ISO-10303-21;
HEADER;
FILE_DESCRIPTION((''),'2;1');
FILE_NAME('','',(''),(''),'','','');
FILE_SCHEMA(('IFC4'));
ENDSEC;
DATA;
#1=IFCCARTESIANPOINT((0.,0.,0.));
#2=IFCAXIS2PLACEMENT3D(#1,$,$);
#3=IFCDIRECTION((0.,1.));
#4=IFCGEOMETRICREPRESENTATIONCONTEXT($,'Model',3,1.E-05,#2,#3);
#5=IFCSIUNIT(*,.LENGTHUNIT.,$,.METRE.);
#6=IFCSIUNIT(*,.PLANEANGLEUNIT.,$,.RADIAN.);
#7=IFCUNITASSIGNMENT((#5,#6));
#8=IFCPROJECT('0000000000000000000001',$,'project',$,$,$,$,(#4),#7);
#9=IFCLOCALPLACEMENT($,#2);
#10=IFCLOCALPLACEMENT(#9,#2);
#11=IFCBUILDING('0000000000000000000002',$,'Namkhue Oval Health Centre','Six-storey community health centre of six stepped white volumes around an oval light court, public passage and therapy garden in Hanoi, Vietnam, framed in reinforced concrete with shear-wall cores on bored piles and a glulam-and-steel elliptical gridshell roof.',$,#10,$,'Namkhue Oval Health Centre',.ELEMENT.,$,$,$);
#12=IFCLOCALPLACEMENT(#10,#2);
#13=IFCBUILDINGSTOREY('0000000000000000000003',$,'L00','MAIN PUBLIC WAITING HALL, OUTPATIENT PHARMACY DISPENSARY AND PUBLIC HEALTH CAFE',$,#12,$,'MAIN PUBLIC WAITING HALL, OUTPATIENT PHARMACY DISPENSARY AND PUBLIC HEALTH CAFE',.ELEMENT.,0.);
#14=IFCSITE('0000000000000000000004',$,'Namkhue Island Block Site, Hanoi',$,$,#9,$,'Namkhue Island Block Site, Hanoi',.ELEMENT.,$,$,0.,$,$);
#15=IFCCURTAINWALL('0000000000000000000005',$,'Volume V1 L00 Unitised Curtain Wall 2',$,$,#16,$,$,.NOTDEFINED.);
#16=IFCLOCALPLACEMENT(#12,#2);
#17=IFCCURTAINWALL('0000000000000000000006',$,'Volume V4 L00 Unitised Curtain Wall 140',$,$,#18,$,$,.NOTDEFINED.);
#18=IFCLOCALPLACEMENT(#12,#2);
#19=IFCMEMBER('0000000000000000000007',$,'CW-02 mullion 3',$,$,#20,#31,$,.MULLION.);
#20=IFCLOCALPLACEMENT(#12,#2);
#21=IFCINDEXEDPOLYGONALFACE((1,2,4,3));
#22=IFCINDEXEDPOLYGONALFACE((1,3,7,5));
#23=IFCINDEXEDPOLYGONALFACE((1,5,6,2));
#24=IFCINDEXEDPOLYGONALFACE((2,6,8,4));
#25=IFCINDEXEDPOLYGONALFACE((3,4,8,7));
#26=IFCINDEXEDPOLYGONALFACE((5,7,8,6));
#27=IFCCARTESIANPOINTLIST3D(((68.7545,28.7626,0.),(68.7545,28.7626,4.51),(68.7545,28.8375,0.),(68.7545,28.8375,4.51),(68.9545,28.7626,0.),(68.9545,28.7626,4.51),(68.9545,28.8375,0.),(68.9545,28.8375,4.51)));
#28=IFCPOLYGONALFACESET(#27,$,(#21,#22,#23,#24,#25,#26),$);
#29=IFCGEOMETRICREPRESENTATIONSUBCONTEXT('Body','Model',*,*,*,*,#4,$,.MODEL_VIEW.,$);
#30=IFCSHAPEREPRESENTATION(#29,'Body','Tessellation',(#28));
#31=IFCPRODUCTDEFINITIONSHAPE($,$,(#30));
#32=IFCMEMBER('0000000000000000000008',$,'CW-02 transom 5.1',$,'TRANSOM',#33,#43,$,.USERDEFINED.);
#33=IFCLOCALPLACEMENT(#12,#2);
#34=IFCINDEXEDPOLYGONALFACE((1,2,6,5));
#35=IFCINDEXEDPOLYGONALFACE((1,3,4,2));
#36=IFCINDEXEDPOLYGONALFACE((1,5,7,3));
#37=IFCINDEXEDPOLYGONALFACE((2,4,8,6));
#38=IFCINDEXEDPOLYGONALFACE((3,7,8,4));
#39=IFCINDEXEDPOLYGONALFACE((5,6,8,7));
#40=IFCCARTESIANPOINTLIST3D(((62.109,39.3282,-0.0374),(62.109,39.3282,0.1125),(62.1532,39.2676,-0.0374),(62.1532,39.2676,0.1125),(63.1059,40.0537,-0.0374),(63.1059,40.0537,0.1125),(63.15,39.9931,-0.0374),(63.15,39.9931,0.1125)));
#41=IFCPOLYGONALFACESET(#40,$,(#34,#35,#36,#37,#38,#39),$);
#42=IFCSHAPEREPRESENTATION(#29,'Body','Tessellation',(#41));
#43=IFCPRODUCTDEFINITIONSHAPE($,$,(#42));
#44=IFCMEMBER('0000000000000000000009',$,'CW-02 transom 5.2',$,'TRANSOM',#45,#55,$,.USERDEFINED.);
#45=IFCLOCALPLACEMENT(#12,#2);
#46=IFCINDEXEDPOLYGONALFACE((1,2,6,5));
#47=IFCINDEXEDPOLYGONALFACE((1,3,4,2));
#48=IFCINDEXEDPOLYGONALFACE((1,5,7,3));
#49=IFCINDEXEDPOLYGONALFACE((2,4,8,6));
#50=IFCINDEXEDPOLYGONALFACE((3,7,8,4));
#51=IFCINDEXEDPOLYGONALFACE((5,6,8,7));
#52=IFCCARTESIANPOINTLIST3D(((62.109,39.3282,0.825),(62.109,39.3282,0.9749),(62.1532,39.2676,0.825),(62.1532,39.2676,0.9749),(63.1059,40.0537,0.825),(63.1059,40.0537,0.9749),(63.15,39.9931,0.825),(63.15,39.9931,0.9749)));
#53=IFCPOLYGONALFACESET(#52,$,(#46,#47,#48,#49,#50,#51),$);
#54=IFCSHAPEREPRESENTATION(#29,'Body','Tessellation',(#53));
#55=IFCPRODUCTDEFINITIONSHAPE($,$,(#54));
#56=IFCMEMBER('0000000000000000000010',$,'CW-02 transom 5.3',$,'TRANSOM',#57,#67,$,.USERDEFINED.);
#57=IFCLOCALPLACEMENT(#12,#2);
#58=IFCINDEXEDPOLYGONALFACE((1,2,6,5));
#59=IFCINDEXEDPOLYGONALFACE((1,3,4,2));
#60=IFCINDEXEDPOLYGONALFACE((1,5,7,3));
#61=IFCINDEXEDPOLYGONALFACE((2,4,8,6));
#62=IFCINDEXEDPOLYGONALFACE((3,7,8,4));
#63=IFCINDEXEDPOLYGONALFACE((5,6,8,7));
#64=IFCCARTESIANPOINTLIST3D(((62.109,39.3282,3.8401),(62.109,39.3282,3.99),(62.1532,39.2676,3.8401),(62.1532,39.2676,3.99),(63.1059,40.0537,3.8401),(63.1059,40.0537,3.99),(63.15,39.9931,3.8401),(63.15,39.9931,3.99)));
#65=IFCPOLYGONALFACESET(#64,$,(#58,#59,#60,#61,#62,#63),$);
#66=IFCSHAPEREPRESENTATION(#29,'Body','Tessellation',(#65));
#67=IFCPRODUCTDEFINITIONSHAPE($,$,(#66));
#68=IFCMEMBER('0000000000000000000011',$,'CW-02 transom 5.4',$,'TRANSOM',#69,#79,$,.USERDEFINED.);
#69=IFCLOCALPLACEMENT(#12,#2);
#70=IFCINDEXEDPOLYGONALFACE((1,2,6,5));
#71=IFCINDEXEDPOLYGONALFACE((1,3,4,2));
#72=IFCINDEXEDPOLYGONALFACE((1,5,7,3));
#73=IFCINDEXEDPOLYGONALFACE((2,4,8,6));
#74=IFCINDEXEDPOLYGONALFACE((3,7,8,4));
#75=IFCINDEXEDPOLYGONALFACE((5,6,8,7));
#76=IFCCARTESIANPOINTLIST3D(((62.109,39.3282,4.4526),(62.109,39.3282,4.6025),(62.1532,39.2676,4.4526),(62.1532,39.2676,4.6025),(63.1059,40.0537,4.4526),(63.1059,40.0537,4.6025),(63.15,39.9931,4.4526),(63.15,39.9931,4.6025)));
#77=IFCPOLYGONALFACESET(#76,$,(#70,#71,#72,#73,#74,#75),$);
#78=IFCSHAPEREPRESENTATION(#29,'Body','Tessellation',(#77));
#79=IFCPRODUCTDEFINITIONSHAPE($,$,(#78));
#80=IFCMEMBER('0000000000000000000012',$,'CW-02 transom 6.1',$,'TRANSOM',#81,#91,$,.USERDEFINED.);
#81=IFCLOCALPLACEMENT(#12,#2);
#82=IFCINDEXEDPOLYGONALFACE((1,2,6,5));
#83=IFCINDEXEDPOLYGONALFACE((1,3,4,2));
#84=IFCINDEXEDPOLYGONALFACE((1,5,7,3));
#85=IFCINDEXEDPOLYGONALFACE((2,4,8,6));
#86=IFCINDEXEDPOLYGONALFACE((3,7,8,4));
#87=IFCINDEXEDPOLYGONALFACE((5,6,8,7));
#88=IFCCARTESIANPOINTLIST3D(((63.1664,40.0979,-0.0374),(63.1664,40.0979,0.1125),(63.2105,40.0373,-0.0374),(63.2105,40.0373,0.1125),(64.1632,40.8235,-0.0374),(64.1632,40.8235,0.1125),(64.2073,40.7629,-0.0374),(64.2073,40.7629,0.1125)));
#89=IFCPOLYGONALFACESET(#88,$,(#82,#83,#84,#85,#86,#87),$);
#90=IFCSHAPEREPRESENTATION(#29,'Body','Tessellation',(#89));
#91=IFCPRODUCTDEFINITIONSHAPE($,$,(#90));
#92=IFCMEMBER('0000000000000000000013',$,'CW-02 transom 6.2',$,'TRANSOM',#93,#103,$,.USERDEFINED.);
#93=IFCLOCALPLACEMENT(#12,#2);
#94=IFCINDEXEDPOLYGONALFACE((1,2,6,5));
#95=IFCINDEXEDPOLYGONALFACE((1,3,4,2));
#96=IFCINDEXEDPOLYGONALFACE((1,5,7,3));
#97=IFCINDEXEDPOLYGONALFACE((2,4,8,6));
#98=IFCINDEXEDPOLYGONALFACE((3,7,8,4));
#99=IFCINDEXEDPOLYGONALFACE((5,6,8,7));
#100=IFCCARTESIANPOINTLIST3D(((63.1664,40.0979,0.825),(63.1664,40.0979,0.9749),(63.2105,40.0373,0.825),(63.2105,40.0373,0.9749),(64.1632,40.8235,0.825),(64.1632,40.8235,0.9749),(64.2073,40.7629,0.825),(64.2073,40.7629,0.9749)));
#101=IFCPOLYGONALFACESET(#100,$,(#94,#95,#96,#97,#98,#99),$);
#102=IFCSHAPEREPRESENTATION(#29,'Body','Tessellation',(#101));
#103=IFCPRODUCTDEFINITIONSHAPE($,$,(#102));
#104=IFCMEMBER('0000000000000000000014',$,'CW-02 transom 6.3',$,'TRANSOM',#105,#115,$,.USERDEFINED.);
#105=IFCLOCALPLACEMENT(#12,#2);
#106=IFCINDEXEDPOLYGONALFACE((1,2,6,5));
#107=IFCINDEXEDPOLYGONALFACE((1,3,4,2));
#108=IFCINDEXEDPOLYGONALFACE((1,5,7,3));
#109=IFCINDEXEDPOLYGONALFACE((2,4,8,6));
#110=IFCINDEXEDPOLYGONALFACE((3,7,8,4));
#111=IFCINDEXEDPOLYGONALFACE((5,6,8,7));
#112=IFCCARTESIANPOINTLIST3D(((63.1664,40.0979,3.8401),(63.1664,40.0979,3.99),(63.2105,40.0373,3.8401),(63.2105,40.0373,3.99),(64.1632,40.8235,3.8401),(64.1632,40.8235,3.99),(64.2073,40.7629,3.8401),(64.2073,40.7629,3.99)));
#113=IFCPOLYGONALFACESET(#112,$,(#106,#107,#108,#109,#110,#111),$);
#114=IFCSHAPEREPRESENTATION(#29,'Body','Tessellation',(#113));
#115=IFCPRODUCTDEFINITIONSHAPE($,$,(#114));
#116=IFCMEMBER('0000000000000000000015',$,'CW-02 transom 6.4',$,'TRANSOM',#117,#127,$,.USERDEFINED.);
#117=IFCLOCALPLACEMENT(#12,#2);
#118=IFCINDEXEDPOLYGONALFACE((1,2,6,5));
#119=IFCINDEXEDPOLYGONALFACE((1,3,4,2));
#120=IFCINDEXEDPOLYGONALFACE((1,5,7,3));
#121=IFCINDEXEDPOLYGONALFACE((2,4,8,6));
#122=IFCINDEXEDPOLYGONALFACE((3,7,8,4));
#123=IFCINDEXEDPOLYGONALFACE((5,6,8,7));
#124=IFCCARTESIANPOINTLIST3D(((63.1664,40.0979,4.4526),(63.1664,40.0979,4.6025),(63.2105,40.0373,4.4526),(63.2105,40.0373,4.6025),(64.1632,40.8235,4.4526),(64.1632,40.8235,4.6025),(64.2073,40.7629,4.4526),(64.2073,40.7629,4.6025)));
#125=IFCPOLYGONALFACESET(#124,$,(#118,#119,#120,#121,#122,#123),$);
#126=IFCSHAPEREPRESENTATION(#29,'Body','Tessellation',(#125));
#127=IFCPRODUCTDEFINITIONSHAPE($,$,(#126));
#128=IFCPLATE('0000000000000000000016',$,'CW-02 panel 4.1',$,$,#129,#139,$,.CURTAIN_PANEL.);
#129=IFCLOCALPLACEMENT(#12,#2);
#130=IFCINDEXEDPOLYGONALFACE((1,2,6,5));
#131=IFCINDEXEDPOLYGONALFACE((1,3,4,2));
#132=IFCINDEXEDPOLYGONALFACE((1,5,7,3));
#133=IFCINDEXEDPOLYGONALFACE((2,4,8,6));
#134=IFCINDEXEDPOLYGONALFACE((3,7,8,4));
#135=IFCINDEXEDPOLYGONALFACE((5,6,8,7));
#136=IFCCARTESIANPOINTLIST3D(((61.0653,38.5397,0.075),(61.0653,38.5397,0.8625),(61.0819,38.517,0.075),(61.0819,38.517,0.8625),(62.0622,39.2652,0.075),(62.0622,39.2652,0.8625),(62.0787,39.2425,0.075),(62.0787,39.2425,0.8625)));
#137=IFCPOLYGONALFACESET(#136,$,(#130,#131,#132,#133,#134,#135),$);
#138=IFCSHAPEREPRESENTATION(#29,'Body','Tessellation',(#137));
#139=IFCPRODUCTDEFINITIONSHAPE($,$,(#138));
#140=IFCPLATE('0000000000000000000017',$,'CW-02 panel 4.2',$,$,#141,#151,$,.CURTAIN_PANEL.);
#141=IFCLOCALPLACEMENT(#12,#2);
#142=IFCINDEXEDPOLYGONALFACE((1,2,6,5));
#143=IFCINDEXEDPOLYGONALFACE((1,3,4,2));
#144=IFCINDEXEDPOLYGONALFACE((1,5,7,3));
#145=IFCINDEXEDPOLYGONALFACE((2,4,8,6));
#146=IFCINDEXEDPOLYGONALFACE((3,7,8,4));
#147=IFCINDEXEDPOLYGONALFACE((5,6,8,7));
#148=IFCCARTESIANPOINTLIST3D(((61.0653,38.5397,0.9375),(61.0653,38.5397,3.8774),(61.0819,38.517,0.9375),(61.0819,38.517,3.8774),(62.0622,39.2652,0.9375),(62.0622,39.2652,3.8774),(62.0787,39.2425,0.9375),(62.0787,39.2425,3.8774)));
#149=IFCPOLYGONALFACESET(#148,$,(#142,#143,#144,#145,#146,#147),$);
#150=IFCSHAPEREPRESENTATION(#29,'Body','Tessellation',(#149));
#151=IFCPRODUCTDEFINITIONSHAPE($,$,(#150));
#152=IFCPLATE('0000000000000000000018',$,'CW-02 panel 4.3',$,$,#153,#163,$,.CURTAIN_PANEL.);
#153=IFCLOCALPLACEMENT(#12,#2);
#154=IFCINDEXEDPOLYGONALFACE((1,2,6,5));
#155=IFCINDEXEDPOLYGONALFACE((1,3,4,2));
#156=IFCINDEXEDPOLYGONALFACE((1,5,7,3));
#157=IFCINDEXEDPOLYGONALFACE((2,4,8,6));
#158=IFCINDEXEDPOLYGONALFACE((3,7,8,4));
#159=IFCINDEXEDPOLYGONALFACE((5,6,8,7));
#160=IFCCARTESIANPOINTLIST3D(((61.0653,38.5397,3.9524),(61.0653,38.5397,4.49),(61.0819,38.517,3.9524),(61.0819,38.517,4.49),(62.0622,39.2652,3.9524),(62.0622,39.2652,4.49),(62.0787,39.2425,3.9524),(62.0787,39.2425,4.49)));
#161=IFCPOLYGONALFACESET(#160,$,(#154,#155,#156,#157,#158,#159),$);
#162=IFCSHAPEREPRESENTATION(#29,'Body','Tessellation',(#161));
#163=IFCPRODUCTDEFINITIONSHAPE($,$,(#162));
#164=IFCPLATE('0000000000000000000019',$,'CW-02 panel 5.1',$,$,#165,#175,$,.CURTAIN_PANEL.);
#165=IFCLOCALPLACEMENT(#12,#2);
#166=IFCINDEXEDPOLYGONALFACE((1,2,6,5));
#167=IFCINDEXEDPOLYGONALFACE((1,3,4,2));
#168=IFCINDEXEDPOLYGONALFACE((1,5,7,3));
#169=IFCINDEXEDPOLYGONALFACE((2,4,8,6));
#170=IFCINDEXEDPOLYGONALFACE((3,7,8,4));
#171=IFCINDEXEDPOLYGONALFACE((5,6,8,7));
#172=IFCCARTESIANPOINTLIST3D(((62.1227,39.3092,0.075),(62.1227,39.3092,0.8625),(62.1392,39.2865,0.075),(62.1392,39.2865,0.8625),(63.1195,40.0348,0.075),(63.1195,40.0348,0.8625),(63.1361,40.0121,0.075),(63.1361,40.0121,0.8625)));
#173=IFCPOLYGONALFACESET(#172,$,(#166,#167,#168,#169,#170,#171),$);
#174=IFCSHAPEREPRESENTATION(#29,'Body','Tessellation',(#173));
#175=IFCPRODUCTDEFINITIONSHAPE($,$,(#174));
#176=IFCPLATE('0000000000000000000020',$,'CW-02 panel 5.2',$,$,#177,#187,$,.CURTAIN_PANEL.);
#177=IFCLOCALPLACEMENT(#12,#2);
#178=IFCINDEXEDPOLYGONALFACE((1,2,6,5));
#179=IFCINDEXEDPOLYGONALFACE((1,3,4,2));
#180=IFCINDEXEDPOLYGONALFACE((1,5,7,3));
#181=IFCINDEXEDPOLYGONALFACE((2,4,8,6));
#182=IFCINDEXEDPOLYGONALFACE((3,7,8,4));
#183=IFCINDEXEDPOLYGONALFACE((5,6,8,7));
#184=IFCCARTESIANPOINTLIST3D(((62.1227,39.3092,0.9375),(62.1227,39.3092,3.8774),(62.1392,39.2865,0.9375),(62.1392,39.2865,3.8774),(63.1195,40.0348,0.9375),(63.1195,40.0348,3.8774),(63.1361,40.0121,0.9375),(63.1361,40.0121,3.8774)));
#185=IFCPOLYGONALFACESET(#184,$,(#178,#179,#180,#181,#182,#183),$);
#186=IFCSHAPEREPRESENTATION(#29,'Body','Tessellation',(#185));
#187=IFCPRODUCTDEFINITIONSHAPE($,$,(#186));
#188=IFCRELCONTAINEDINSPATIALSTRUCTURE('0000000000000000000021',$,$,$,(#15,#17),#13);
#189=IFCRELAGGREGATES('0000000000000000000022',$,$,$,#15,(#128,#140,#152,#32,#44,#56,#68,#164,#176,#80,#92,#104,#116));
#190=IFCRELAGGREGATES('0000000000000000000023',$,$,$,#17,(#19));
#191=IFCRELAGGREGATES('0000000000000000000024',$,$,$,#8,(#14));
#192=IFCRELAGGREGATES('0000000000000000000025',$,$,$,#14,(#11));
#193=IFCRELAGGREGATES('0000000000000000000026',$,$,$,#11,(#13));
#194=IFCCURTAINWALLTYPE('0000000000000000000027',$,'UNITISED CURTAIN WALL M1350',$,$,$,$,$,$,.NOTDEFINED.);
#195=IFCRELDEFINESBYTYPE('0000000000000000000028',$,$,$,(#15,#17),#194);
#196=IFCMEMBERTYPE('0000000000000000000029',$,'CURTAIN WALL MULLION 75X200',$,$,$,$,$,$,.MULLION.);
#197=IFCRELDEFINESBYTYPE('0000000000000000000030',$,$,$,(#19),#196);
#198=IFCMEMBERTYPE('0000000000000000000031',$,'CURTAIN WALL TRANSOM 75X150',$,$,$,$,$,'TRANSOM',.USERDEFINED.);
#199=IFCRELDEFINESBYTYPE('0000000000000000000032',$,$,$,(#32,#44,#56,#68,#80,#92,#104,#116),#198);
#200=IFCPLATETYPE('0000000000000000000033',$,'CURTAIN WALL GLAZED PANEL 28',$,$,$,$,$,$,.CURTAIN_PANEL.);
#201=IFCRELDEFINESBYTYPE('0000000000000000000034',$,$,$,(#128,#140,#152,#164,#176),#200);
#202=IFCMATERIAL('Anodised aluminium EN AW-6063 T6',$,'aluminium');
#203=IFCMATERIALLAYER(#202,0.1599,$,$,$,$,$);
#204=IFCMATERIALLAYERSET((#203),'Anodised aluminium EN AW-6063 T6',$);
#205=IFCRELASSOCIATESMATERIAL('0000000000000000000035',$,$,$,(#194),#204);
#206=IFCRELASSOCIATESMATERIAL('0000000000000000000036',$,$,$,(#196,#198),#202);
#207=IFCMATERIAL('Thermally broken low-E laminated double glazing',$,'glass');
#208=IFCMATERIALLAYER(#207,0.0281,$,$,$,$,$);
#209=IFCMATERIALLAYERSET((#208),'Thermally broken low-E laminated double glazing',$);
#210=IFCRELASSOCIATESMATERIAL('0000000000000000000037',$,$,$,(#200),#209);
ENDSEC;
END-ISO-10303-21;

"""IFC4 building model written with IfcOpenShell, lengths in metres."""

from ifc_helpers import new_model, si_unit, direction, frame, origin, origin_2d, place, context, subcontext, project, spatial, rectangle, extrude, material, layer, layer_set, material_profile, profile_set, type_object, element, aggregate, save


model = new_model("IFC4")

# Units and contexts
model_context = context("Model", 3, precision=1e-05, world=origin(), true_north=direction((0.0, 1.0)))
body_context = subcontext(model_context, "Body", "Model", "MODEL_VIEW")
ifc_project = project(units=[si_unit("LENGTHUNIT", "METRE"), si_unit("PLANEANGLEUNIT", "RADIAN")], contexts=[model_context])

# Site, building, storey
site_placement = place(None, origin())
site = spatial("IfcSite", under=ifc_project, at=site_placement, Name="Namkhue Island Block Site, Hanoi", LongName="Namkhue Island Block Site, Hanoi", CompositionType="ELEMENT", RefElevation=0.0)
building_placement = place(site_placement, origin())
building = spatial("IfcBuilding", under=site, at=building_placement, Name="Namkhue Oval Health Centre", Description="Six-storey community health centre of six stepped white volumes around an oval light court, public passage and therapy garden in Hanoi, Vietnam, framed in reinforced concrete with shear-wall cores on bored piles and a glulam-and-steel elliptical gridshell roof.", LongName="Namkhue Oval Health Centre", CompositionType="ELEMENT")
storey_placement = place(building_placement, origin())
storey = spatial("IfcBuildingStorey", under=building, at=storey_placement, Name="L00", Description="MAIN PUBLIC WAITING HALL, OUTPATIENT PHARMACY DISPENSARY AND PUBLIC HEALTH CAFE", LongName="MAIN PUBLIC WAITING HALL, OUTPATIENT PHARMACY DISPENSARY AND PUBLIC HEALTH CAFE", CompositionType="ELEMENT", Elevation=0.0)

# Curtain wall
ifc_material_1 = material(Name="Anodised aluminium EN AW-6063 T6", Category="aluminium")
ifc_layer_1 = layer(ifc_material_1, 0.1599)
ifc_layer_set_1 = layer_set([ifc_layer_1], Name="Anodised aluminium EN AW-6063 T6")
curtain_wall_type = type_object("IfcCurtainWallType", Name="UNITISED CURTAIN WALL M1350", PredefinedType="NOTDEFINED", material=ifc_layer_set_1)
curtain_wall_1_placement = place(storey_placement, origin())
curtain_wall_1 = element("IfcCurtainWall", 1, at=curtain_wall_1_placement, inside=storey, type_object=curtain_wall_type, Name="Volume V1 L00 Unitised Curtain Wall 2", PredefinedType="NOTDEFINED")
ifc_material_profile_1 = material_profile(ifc_material_1, rectangle(XDim=0.075, YDim=0.2, at=origin_2d()), Name="ALU 75x200")
ifc_profile_set_1 = profile_set([ifc_material_profile_1], Name="Anodised aluminium EN AW-6063 T6")
member_type_1 = type_object("IfcMemberType", Name="CURTAIN WALL MULLION 75X200", PredefinedType="MULLION", material=ifc_profile_set_1)

# Curtain wall, member
curtain_wall_2_placement = place(storey_placement, origin())
curtain_wall_2 = element("IfcCurtainWall", 2, at=curtain_wall_2_placement, inside=storey, type_object=curtain_wall_type, Name="Volume V4 L00 Unitised Curtain Wall 140", PredefinedType="NOTDEFINED")
member_1_placement = place(storey_placement, frame((68.8545, 28.8, 0.0), z_axis=(0.0, 0.0, 1.0), x_axis=(0.0, -1.0, 0.0)))
member_1 = element("IfcMember", 3, at=member_1_placement, type_object=member_type_1, Name="CW-02 mullion 3", PredefinedType="MULLION", context=body_context, shape_type="SweptSolid", body=[
    extrude(rectangle(XDim=0.075, YDim=0.2, at=origin_2d()), origin(), (0.0, 0.0, 1.0), 4.51),
])

# Members
ifc_material_profile_2 = material_profile(ifc_material_1, rectangle(XDim=0.075, YDim=0.1499, at=origin_2d()), Name="ALU 75x150")
ifc_profile_set_2 = profile_set([ifc_material_profile_2], Name="Anodised aluminium EN AW-6063 T6")
member_type_2 = type_object("IfcMemberType", Name="CURTAIN WALL TRANSOM 75X150", ElementType="TRANSOM", PredefinedType="USERDEFINED", material=ifc_profile_set_2)
member_2_placement = place(storey_placement, frame((62.1311, 39.2979, 0.0376), z_axis=(0.808496, 0.588501, 0.0), x_axis=(-0.588501, 0.808496, 0.0)))
member_2 = element("IfcMember", 4, at=member_2_placement, type_object=member_type_2, Name="CW-02 transom 5.1", ObjectType="TRANSOM", PredefinedType="USERDEFINED", context=body_context, shape_type="SweptSolid", body=[
    extrude(rectangle(XDim=0.075, YDim=0.1499, at=origin_2d()), origin(), (0.0, 0.0, 1.0), 1.2329),
])
member_3_placement = place(storey_placement, frame((62.1311, 39.2979, 0.8999), z_axis=(0.808496, 0.588501, 0.0), x_axis=(-0.588501, 0.808496, 0.0)))
member_3 = element("IfcMember", 5, at=member_3_placement, type_object=member_type_2, Name="CW-02 transom 5.2", ObjectType="TRANSOM", PredefinedType="USERDEFINED", context=body_context, shape_type="SweptSolid", body=[
    extrude(rectangle(XDim=0.075, YDim=0.1499, at=origin_2d()), origin(), (0.0, 0.0, 1.0), 1.2329),
])
member_4_placement = place(storey_placement, frame((62.1311, 39.2979, 3.915), z_axis=(0.808496, 0.588501, 0.0), x_axis=(-0.588501, 0.808496, 0.0)))
member_4 = element("IfcMember", 6, at=member_4_placement, type_object=member_type_2, Name="CW-02 transom 5.3", ObjectType="TRANSOM", PredefinedType="USERDEFINED", context=body_context, shape_type="SweptSolid", body=[
    extrude(rectangle(XDim=0.075, YDim=0.1499, at=origin_2d()), origin(), (0.0, 0.0, 1.0), 1.2329),
])
member_5_placement = place(storey_placement, frame((62.1311, 39.2979, 4.5276), z_axis=(0.808496, 0.588501, 0.0), x_axis=(-0.588501, 0.808496, 0.0)))
member_5 = element("IfcMember", 7, at=member_5_placement, type_object=member_type_2, Name="CW-02 transom 5.4", ObjectType="TRANSOM", PredefinedType="USERDEFINED", context=body_context, shape_type="SweptSolid", body=[
    extrude(rectangle(XDim=0.075, YDim=0.1499, at=origin_2d()), origin(), (0.0, 0.0, 1.0), 1.2329),
])
member_6_placement = place(storey_placement, frame((63.1885, 40.0676, 0.0376), z_axis=(0.808496, 0.588501, 0.0), x_axis=(-0.588501, 0.808496, 0.0)))
member_6 = element("IfcMember", 8, at=member_6_placement, type_object=member_type_2, Name="CW-02 transom 6.1", ObjectType="TRANSOM", PredefinedType="USERDEFINED", context=body_context, shape_type="SweptSolid", body=[
    extrude(rectangle(XDim=0.075, YDim=0.1499, at=origin_2d()), origin(), (0.0, 0.0, 1.0), 1.2329),
])
member_7_placement = place(storey_placement, frame((63.1885, 40.0676, 0.8999), z_axis=(0.808496, 0.588501, 0.0), x_axis=(-0.588501, 0.808496, 0.0)))
member_7 = element("IfcMember", 9, at=member_7_placement, type_object=member_type_2, Name="CW-02 transom 6.2", ObjectType="TRANSOM", PredefinedType="USERDEFINED", context=body_context, shape_type="SweptSolid", body=[
    extrude(rectangle(XDim=0.075, YDim=0.1499, at=origin_2d()), origin(), (0.0, 0.0, 1.0), 1.2329),
])
member_8_placement = place(storey_placement, frame((63.1885, 40.0676, 3.915), z_axis=(0.808496, 0.588501, 0.0), x_axis=(-0.588501, 0.808496, 0.0)))
member_8 = element("IfcMember", 10, at=member_8_placement, type_object=member_type_2, Name="CW-02 transom 6.3", ObjectType="TRANSOM", PredefinedType="USERDEFINED", context=body_context, shape_type="SweptSolid", body=[
    extrude(rectangle(XDim=0.075, YDim=0.1499, at=origin_2d()), origin(), (0.0, 0.0, 1.0), 1.2329),
])
member_9_placement = place(storey_placement, frame((63.1885, 40.0676, 4.5276), z_axis=(0.808496, 0.588501, 0.0), x_axis=(-0.588501, 0.808496, 0.0)))
member_9 = element("IfcMember", 11, at=member_9_placement, type_object=member_type_2, Name="CW-02 transom 6.4", ObjectType="TRANSOM", PredefinedType="USERDEFINED", context=body_context, shape_type="SweptSolid", body=[
    extrude(rectangle(XDim=0.075, YDim=0.1499, at=origin_2d()), origin(), (0.0, 0.0, 1.0), 1.2329),
])

# Plates
ifc_material_2 = material(Name="Thermally broken low-E laminated double glazing", Category="glass")
ifc_layer_2 = layer(ifc_material_2, 0.0281)
ifc_layer_set_2 = layer_set([ifc_layer_2], Name="Thermally broken low-E laminated double glazing")
plate_type_1 = type_object("IfcPlateType", Name="CURTAIN WALL GLAZED PANEL 28", PredefinedType="CURTAIN_PANEL", material=ifc_layer_set_2)
plate_1_placement = place(storey_placement, frame((61.572, 38.8911, 0.075), z_axis=(0.0, 0.0, 1.0), x_axis=(0.808514, 0.588477, 0.0)))
plate_1 = element("IfcPlate", 12, at=plate_1_placement, type_object=plate_type_1, Name="CW-02 panel 4.1", PredefinedType="CURTAIN_PANEL", context=body_context, shape_type="SweptSolid", body=[
    extrude(rectangle(XDim=1.2329, YDim=0.0281, at=origin_2d()), origin(), (0.0, 0.0, 1.0), 0.7876),
])
plate_2_placement = place(storey_placement, frame((61.572, 38.8911, 0.9375), z_axis=(0.0, 0.0, 1.0), x_axis=(0.808514, 0.588477, 0.0)))
plate_2 = element("IfcPlate", 13, at=plate_2_placement, type_object=plate_type_1, Name="CW-02 panel 4.2", PredefinedType="CURTAIN_PANEL", context=body_context, shape_type="SweptSolid", body=[
    extrude(rectangle(XDim=1.2329, YDim=0.0281, at=origin_2d()), origin(), (0.0, 0.0, 1.0), 2.9399),
])
plate_3_placement = place(storey_placement, frame((61.572, 38.8911, 3.9524), z_axis=(0.0, 0.0, 1.0), x_axis=(0.808514, 0.588477, 0.0)))
plate_3 = element("IfcPlate", 14, at=plate_3_placement, type_object=plate_type_1, Name="CW-02 panel 4.3", PredefinedType="CURTAIN_PANEL", context=body_context, shape_type="SweptSolid", body=[
    extrude(rectangle(XDim=1.2329, YDim=0.0281, at=origin_2d()), origin(), (0.0, 0.0, 1.0), 0.5376),
])
plate_4_placement = place(storey_placement, frame((62.6294, 39.6606, 0.075), z_axis=(0.0, 0.0, 1.0), x_axis=(0.808514, 0.588477, 0.0)))
plate_4 = element("IfcPlate", 15, at=plate_4_placement, type_object=plate_type_1, Name="CW-02 panel 5.1", PredefinedType="CURTAIN_PANEL", context=body_context, shape_type="SweptSolid", body=[
    extrude(rectangle(XDim=1.2329, YDim=0.0281, at=origin_2d()), origin(), (0.0, 0.0, 1.0), 0.7876),
])
plate_5_placement = place(storey_placement, frame((62.6294, 39.6606, 0.9375), z_axis=(0.0, 0.0, 1.0), x_axis=(0.808514, 0.588477, 0.0)))
plate_5 = element("IfcPlate", 16, at=plate_5_placement, type_object=plate_type_1, Name="CW-02 panel 5.2", PredefinedType="CURTAIN_PANEL", context=body_context, shape_type="SweptSolid", body=[
    extrude(rectangle(XDim=1.2329, YDim=0.0281, at=origin_2d()), origin(), (0.0, 0.0, 1.0), 2.9399),
])
aggregate(curtain_wall_1, [plate_1, plate_2, plate_3, member_2, member_3, member_4, member_5, plate_4, plate_5, member_6, member_7, member_8, member_9])
aggregate(curtain_wall_2, [member_1])

save(model, "model.ifc")
